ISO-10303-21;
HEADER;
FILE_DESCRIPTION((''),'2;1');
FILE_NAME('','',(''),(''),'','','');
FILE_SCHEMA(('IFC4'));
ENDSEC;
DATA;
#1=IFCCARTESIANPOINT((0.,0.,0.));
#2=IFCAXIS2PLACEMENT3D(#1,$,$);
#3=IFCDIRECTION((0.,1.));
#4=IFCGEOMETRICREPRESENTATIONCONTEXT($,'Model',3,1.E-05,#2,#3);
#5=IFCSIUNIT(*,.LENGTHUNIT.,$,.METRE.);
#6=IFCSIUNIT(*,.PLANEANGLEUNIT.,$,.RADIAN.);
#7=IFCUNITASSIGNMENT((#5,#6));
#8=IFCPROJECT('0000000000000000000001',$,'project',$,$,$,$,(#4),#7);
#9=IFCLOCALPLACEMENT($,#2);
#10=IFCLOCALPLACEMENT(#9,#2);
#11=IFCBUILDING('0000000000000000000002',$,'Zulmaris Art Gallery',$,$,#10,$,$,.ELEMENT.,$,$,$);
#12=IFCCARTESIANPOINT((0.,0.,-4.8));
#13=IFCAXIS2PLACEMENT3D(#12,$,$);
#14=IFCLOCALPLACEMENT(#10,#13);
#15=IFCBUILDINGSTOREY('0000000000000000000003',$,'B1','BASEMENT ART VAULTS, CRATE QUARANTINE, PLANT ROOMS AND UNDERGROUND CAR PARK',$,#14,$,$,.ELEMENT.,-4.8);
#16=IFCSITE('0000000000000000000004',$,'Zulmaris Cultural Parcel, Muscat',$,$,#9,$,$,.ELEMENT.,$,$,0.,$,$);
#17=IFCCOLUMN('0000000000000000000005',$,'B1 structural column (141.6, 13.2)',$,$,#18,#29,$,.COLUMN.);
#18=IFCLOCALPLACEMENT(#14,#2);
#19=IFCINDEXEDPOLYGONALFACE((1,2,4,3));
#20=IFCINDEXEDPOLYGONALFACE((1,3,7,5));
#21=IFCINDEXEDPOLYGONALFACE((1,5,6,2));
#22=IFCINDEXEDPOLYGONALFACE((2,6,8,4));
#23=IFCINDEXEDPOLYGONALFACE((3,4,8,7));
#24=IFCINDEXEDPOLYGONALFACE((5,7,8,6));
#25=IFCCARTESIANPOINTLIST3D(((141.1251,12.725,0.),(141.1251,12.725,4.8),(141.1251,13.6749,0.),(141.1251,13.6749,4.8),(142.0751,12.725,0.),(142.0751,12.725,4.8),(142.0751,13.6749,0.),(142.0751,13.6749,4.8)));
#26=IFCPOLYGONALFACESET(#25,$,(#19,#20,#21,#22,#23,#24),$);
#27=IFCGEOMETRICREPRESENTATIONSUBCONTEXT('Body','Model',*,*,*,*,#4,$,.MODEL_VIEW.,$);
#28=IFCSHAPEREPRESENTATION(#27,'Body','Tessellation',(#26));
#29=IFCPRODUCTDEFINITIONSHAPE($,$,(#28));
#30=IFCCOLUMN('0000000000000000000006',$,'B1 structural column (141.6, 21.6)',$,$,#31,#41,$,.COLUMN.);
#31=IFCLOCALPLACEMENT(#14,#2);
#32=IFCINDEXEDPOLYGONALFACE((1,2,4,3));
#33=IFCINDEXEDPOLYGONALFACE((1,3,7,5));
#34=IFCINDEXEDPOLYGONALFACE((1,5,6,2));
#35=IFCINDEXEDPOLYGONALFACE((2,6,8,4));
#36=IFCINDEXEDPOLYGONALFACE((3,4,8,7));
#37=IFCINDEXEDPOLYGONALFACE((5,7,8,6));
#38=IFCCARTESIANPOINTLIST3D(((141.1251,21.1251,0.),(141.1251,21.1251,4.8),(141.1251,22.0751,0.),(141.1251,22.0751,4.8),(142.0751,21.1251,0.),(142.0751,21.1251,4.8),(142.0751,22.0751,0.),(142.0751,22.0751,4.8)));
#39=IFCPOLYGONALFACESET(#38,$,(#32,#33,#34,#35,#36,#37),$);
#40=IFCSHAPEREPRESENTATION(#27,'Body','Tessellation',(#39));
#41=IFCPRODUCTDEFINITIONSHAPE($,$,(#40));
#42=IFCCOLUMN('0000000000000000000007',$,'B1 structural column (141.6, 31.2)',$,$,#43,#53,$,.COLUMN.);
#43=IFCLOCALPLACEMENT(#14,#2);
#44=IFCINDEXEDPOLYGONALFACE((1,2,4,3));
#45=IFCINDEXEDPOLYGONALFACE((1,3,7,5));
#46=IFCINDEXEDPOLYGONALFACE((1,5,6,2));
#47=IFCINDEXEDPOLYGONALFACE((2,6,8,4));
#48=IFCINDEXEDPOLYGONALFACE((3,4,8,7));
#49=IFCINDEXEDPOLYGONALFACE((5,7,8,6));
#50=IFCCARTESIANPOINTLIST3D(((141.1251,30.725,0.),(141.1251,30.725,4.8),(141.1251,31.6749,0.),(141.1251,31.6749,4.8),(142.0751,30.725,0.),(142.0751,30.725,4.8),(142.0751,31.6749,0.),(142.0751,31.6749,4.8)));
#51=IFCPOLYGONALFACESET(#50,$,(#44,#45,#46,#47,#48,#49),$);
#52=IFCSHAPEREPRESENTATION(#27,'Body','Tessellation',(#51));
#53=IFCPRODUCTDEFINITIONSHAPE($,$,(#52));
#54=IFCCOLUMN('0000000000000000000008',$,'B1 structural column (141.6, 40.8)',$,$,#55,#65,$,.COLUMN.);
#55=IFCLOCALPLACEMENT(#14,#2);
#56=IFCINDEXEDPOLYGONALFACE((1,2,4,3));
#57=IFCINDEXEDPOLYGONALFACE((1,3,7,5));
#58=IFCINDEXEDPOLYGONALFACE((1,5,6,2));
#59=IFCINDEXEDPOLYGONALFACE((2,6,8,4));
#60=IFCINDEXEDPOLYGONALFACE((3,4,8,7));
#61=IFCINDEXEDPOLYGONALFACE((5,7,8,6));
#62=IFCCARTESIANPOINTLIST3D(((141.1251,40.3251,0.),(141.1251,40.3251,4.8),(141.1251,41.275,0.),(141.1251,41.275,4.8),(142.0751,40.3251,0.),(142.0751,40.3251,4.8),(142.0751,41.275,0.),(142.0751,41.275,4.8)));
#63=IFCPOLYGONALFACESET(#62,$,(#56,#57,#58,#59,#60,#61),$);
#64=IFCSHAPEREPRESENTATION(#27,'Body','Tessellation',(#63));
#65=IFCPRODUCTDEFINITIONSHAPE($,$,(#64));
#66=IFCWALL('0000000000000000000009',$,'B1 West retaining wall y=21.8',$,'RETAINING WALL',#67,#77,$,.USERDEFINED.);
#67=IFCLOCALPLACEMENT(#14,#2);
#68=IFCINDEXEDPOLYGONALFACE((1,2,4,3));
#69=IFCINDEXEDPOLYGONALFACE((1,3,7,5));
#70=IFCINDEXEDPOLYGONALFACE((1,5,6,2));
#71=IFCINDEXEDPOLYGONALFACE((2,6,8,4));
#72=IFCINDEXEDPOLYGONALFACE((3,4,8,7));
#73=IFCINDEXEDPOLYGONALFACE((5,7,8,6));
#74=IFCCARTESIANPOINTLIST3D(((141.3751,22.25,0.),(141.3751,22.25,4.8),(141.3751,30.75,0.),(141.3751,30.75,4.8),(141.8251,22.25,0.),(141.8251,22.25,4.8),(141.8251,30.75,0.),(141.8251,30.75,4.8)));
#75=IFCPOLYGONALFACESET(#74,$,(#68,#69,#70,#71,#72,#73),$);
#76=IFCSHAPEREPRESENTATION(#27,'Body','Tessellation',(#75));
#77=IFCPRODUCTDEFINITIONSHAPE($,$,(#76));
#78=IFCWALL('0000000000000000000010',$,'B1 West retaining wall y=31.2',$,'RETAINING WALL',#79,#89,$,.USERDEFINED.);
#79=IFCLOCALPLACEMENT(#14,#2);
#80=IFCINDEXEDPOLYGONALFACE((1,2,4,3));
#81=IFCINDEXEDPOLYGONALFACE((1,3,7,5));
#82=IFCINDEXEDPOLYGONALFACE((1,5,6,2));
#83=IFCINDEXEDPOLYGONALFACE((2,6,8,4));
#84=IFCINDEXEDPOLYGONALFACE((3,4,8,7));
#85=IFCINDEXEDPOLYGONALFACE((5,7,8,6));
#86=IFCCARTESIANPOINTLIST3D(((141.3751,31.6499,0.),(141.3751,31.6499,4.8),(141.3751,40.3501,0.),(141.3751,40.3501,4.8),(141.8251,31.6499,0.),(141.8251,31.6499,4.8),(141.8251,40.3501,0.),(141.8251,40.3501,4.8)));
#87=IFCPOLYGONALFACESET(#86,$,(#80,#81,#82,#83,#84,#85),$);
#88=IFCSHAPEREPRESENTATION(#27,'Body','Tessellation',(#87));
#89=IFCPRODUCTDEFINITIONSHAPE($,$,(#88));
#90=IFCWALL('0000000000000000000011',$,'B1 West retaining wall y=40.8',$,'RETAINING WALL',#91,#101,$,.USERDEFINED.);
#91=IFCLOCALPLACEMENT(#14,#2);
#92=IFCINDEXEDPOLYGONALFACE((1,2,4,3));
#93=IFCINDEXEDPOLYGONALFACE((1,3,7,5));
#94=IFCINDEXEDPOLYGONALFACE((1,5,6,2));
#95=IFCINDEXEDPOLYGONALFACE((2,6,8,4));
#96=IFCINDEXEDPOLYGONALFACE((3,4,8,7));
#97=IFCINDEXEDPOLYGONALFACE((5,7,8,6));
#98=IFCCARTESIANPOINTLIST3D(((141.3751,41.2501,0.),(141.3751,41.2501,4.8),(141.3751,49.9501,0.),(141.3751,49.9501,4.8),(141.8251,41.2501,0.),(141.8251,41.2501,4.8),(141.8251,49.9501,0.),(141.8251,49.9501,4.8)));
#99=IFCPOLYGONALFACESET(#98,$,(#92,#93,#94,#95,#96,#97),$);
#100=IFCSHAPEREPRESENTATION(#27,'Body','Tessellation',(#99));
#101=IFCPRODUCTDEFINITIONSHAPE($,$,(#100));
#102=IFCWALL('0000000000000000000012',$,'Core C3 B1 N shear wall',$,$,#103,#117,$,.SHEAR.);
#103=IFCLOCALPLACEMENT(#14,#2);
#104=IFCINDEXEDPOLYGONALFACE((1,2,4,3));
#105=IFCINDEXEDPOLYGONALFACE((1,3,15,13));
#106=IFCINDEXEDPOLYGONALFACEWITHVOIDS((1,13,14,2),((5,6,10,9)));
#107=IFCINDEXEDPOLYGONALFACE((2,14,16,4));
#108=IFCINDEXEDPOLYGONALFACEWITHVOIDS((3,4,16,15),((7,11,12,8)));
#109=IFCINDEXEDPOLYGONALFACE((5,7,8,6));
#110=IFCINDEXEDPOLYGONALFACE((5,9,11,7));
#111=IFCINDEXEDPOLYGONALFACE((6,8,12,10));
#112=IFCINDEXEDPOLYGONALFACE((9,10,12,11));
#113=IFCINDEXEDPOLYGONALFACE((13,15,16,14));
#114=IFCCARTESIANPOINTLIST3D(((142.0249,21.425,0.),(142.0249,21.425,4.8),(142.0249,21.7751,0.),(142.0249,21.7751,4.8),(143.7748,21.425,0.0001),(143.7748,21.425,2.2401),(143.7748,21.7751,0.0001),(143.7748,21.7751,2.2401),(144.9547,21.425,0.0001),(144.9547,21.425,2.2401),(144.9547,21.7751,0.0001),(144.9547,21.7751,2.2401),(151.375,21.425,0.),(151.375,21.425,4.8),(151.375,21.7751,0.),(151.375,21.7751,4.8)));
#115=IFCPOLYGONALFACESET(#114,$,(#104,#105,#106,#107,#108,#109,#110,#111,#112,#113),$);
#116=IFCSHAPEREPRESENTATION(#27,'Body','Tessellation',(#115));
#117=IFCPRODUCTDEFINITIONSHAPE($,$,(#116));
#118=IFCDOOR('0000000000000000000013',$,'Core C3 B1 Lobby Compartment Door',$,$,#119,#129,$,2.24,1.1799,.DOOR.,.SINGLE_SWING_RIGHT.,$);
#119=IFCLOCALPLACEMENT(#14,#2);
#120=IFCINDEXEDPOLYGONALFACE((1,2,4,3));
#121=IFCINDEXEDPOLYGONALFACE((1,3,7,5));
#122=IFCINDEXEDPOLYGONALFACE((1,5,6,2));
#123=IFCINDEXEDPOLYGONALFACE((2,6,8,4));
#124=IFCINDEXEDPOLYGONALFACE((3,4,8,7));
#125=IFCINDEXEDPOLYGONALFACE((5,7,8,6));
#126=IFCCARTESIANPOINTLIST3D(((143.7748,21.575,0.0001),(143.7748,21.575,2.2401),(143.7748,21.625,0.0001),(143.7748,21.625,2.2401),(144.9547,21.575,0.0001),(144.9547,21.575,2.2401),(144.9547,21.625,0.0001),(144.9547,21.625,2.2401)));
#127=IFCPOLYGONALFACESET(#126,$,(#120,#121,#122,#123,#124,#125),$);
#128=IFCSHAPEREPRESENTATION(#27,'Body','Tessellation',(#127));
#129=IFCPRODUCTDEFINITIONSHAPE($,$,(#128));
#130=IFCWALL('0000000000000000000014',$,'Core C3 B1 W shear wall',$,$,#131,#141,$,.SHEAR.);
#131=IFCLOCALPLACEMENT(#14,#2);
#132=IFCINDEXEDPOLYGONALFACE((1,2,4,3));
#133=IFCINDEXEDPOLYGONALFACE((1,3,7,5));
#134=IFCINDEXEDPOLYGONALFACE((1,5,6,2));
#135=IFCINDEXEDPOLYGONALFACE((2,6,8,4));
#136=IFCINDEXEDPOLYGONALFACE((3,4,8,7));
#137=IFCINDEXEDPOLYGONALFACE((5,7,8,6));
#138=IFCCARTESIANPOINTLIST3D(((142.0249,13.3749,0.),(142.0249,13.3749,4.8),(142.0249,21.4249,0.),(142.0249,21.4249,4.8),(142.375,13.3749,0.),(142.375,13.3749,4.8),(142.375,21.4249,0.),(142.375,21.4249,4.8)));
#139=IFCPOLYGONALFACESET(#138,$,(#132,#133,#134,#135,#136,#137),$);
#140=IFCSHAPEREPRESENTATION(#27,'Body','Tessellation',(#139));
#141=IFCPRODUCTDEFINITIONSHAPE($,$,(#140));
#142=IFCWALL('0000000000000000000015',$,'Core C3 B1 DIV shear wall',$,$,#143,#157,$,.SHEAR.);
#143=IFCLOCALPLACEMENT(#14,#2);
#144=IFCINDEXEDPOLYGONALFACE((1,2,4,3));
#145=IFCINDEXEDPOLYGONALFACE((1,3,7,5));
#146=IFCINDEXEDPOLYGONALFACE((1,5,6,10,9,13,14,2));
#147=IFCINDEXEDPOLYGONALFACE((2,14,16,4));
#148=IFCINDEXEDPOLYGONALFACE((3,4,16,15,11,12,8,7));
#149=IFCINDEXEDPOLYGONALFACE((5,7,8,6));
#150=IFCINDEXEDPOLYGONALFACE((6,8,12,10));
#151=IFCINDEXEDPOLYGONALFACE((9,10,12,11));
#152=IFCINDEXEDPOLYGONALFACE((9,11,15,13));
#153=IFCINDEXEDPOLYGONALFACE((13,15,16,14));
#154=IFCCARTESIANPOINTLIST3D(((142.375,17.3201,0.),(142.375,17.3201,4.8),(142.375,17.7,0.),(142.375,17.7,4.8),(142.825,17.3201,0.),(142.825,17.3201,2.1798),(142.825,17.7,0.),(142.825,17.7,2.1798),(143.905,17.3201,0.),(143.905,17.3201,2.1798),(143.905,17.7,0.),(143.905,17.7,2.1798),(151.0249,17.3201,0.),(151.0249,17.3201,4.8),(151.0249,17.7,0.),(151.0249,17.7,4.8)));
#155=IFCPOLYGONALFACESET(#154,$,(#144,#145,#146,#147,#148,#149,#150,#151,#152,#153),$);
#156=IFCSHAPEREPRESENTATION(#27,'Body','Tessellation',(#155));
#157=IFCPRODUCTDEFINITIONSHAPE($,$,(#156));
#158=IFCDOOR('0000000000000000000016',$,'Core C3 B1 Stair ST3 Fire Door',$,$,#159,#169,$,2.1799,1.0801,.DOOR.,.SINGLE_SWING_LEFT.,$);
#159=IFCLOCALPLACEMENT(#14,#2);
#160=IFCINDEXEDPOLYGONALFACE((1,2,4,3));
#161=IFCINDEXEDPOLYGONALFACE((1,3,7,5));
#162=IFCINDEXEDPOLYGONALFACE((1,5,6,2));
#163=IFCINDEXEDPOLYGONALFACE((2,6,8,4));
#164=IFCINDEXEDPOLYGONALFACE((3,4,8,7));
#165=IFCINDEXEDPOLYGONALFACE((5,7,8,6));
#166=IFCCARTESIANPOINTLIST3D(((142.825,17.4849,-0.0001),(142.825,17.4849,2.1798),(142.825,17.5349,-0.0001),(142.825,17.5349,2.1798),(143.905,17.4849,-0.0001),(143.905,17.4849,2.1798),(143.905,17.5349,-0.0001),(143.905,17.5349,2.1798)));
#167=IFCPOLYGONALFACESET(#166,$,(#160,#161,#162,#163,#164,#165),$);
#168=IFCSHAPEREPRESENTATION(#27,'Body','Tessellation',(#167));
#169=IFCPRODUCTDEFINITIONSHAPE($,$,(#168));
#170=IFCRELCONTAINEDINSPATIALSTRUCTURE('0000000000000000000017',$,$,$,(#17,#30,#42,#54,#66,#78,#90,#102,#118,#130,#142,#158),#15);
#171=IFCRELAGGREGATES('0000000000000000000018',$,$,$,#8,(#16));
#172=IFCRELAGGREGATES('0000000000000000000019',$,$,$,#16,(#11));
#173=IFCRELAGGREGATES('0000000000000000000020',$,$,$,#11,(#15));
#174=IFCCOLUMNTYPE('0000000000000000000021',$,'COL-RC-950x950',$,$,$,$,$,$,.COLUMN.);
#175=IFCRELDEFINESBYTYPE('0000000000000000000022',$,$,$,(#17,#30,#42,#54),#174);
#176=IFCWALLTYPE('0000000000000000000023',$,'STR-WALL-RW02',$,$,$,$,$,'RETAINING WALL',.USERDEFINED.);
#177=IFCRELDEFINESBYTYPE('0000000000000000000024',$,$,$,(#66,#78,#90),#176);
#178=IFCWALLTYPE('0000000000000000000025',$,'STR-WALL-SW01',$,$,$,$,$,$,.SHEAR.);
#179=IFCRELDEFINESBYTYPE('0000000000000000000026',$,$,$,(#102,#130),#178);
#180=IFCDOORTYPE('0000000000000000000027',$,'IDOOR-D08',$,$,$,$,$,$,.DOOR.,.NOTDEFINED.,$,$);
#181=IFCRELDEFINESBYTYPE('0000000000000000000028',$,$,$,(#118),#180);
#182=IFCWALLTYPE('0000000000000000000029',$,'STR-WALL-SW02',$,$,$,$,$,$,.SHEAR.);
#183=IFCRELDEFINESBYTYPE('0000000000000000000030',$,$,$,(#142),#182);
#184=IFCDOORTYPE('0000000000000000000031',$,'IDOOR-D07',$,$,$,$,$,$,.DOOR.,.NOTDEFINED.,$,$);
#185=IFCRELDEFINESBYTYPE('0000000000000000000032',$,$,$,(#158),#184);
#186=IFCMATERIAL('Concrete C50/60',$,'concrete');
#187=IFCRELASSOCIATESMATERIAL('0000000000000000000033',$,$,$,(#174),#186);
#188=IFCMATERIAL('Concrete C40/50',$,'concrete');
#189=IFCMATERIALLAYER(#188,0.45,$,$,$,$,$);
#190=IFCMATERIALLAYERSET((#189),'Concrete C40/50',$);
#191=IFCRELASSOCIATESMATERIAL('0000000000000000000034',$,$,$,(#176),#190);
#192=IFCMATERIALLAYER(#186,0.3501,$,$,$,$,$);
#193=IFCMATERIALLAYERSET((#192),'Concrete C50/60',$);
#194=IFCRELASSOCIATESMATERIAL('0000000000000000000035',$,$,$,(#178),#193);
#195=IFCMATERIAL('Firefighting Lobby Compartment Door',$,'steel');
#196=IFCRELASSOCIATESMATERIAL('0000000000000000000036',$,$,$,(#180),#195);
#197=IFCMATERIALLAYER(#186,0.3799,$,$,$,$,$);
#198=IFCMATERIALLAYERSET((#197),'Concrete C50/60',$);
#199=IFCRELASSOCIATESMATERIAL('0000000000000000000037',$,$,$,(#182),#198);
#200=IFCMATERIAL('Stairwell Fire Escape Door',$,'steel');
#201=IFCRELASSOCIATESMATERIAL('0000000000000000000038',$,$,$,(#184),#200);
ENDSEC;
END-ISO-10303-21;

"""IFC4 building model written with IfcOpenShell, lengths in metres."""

from ifc_helpers import new_model, si_unit, direction, frame, frame_2d, origin, origin_2d, place, context, subcontext, project, spatial, rectangle, extrude, material, layer, layer_set, material_profile, profile_set, type_object, element, fill, save


model = new_model("IFC4")

# Units and contexts
model_context = context("Model", 3, precision=1e-05, world=origin(), true_north=direction((0.0, 1.0)))
body_context = subcontext(model_context, "Body", "Model", "MODEL_VIEW")
ifc_project = project(units=[si_unit("LENGTHUNIT", "METRE"), si_unit("PLANEANGLEUNIT", "RADIAN")], contexts=[model_context])

# Site, building, storey
site_placement = place(None, origin())
site = spatial("IfcSite", under=ifc_project, at=site_placement, Name="Zulmaris Cultural Parcel, Muscat", CompositionType="ELEMENT", RefElevation=0.0)
building_placement = place(site_placement, origin())
building = spatial("IfcBuilding", under=site, at=building_placement, Name="Zulmaris Art Gallery", CompositionType="ELEMENT")
storey_placement = place(building_placement, frame((0.0, 0.0, -4.8)))
storey = spatial("IfcBuildingStorey", under=building, at=storey_placement, Name="B1", Description="BASEMENT ART VAULTS, CRATE QUARANTINE, PLANT ROOMS AND UNDERGROUND CAR PARK", CompositionType="ELEMENT", Elevation=-4.8)

# Shared definitions
ifc_material_1 = material(Name="Concrete C40/50", Category="concrete")

# Columns
ifc_material_2 = material(Name="Concrete C50/60", Category="concrete")
ifc_material_profile_1 = material_profile(ifc_material_2, rectangle(XDim=0.95, YDim=0.95, at=origin_2d()), Name="RC 950x950")
ifc_profile_set_1 = profile_set([ifc_material_profile_1], Name="Concrete C50/60")
column_type = type_object("IfcColumnType", Name="COL-RC-950x950", PredefinedType="COLUMN", material=ifc_profile_set_1)
for number, where, z_axis, x_axis, name in (
    (1, (141.6001, 13.2, 0.0), (0.0, 0.0, 1.0), (1.0, 0.0, 0.0), "B1 structural column (141.6, 13.2)"),
    (2, (141.6001, 21.6001, 0.0), (0.0, 0.0, 1.0), (1.0, 0.0, 0.0), "B1 structural column (141.6, 21.6)"),
    (3, (141.6001, 31.2, 0.0), (0.0, 0.0, 1.0), (1.0, 0.0, 0.0), "B1 structural column (141.6, 31.2)"),
    (4, (141.6001, 40.8, 0.0), (0.0, 0.0, 1.0), (1.0, 0.0, 0.0), "B1 structural column (141.6, 40.8)"),
):
    element("IfcColumn", number, at=place(storey_placement, frame(where, z_axis=z_axis, x_axis=x_axis)), inside=storey, type_object=column_type, Name=name, PredefinedType="COLUMN", context=body_context, shape_type="SweptSolid", body=[
        extrude(rectangle(XDim=0.95, YDim=0.95, at=origin_2d()), origin(), (0.0, 0.0, 1.0), 4.8),
    ])

# Walls
ifc_layer_1 = layer(ifc_material_1, 0.45)
ifc_layer_set_1 = layer_set([ifc_layer_1], Name="Concrete C40/50")
wall_type_1 = type_object("IfcWallType", Name="STR-WALL-RW02", ElementType="RETAINING WALL", PredefinedType="USERDEFINED", material=ifc_layer_set_1)
wall_1_placement = place(storey_placement, frame((141.6001, 22.25, 0.0), z_axis=(0.0, 0.0, 1.0), x_axis=(0.0, 1.0, 0.0)))
element("IfcWall", 5, at=wall_1_placement, inside=storey, type_object=wall_type_1, Name="B1 West retaining wall y=21.8", ObjectType="RETAINING WALL", PredefinedType="USERDEFINED", context=body_context, shape_type="SweptSolid", body=[
    extrude(rectangle(XDim=8.5, YDim=0.45, at=frame_2d((4.25, 0.0))), origin(), (0.0, 0.0, 1.0), 4.8),
])
wall_2_placement = place(storey_placement, frame((141.6001, 31.6499, 0.0), z_axis=(0.0, 0.0, 1.0), x_axis=(0.0, 1.0, 0.0)))
element("IfcWall", 6, at=wall_2_placement, inside=storey, type_object=wall_type_1, Name="B1 West retaining wall y=31.2", ObjectType="RETAINING WALL", PredefinedType="USERDEFINED", context=body_context, shape_type="SweptSolid", body=[
    extrude(rectangle(XDim=8.7002, YDim=0.45, at=frame_2d((4.3501, 0.0))), origin(), (0.0, 0.0, 1.0), 4.8),
])
wall_3_placement = place(storey_placement, frame((141.6001, 41.25, 0.0), z_axis=(0.0, 0.0, 1.0), x_axis=(0.0, 1.0, 0.0)))
element("IfcWall", 7, at=wall_3_placement, inside=storey, type_object=wall_type_1, Name="B1 West retaining wall y=40.8", ObjectType="RETAINING WALL", PredefinedType="USERDEFINED", context=body_context, shape_type="SweptSolid", body=[
    extrude(rectangle(XDim=8.7, YDim=0.45, at=frame_2d((4.3501, 0.0))), origin(), (0.0, 0.0, 1.0), 4.8),
])

# Wall, opening, door
ifc_layer_2 = layer(ifc_material_2, 0.3501)
ifc_layer_set_2 = layer_set([ifc_layer_2], Name="Concrete C50/60")
wall_type_2 = type_object("IfcWallType", Name="STR-WALL-SW01", PredefinedType="SHEAR", material=ifc_layer_set_2)
wall_4_placement = place(storey_placement, frame((142.0249, 21.6001, 0.0), z_axis=(0.0, 0.0, 1.0), x_axis=(1.0, 0.0, 0.0)))
wall_4 = element("IfcWall", 8, at=wall_4_placement, inside=storey, type_object=wall_type_2, Name="Core C3 B1 N shear wall", PredefinedType="SHEAR", context=body_context, shape_type="SweptSolid", body=[
    extrude(rectangle(XDim=9.3501, YDim=0.3501, at=frame_2d((4.675, 0.0))), origin(), (0.0, 0.0, 1.0), 4.8),
])
opening_1_placement = place(wall_4_placement, frame((1.75, 0.0, 0.0)))
opening_1 = element("IfcOpeningElement", 9, at=opening_1_placement, cuts=wall_4, PredefinedType="OPENING", context=body_context, shape_type="SweptSolid", body=[
    extrude(rectangle(XDim=1.1799, YDim=2.24, at=frame_2d((0.5898, 1.1201))), frame((0.0, 0.1851, 0.0), z_axis=(0.0, -1.0, 0.0), x_axis=(1.0, 0.0, 0.0)), (0.0, 0.0, 1.0), 0.3701),
])
ifc_material_3 = material(Name="Firefighting Lobby Compartment Door", Category="steel")
door_type_1 = type_object("IfcDoorType", Name="IDOOR-D08", OperationType="NOTDEFINED", PredefinedType="DOOR", material=ifc_material_3)
door_1_placement = place(opening_1_placement, origin())
door_1 = element("IfcDoor", 10, at=door_1_placement, inside=storey, type_object=door_type_1, Name="Core C3 B1 Lobby Compartment Door", OperationType="SINGLE_SWING_RIGHT", OverallHeight=2.24, OverallWidth=1.1799, PredefinedType="DOOR", context=body_context, shape_type="SweptSolid", body=[
    extrude(rectangle(XDim=1.1799, YDim=2.24, at=frame_2d((0.5898, 1.1201))), frame((0.0, 0.0249, 0.0), z_axis=(0.0, -1.0, 0.0), x_axis=(1.0, 0.0, 0.0)), (0.0, 0.0, 1.0), 0.05),
])
fill(opening_1, door_1)

# Wall
wall_5_placement = place(storey_placement, frame((142.2, 13.375, 0.0), z_axis=(0.0, 0.0, 1.0), x_axis=(0.0, 1.0, 0.0)))
element("IfcWall", 11, at=wall_5_placement, inside=storey, type_object=wall_type_2, Name="Core C3 B1 W shear wall", PredefinedType="SHEAR", context=body_context, shape_type="SweptSolid", body=[
    extrude(rectangle(XDim=8.05, YDim=0.3501, at=frame_2d((4.0249, 0.0))), origin(), (0.0, 0.0, 1.0), 4.8),
])

# Wall, opening, door
ifc_layer_3 = layer(ifc_material_2, 0.3799)
ifc_layer_set_3 = layer_set([ifc_layer_3], Name="Concrete C50/60")
wall_type_3 = type_object("IfcWallType", Name="STR-WALL-SW02", PredefinedType="SHEAR", material=ifc_layer_set_3)
wall_6_placement = place(storey_placement, frame((142.375, 17.51, 0.0), z_axis=(0.0, 0.0, 1.0), x_axis=(1.0, 0.0, 0.0)))
wall_6 = element("IfcWall", 12, at=wall_6_placement, inside=storey, type_object=wall_type_3, Name="Core C3 B1 DIV shear wall", PredefinedType="SHEAR", context=body_context, shape_type="SweptSolid", body=[
    extrude(rectangle(XDim=8.6499, YDim=0.3799, at=frame_2d((4.325, 0.0))), origin(), (0.0, 0.0, 1.0), 4.8),
])
opening_2_placement = place(wall_6_placement, frame((0.45, 0.0, 0.0)))
opening_2 = element("IfcOpeningElement", 13, at=opening_2_placement, cuts=wall_6, PredefinedType="OPENING", context=body_context, shape_type="SweptSolid", body=[
    extrude(rectangle(XDim=1.0801, YDim=2.1799, at=frame_2d((0.54, 1.0898))), frame((0.0, 0.2, 0.0), z_axis=(0.0, -1.0, 0.0), x_axis=(1.0, 0.0, 0.0)), (0.0, 0.0, 1.0), 0.3999),
])
ifc_material_4 = material(Name="Stairwell Fire Escape Door", Category="steel")
door_type_2 = type_object("IfcDoorType", Name="IDOOR-D07", OperationType="NOTDEFINED", PredefinedType="DOOR", material=ifc_material_4)
door_2_placement = place(opening_2_placement, origin())
door_2 = element("IfcDoor", 14, at=door_2_placement, inside=storey, type_object=door_type_2, Name="Core C3 B1 Stair ST3 Fire Door", OperationType="SINGLE_SWING_LEFT", OverallHeight=2.1799, OverallWidth=1.0801, PredefinedType="DOOR", context=body_context, shape_type="SweptSolid", body=[
    extrude(rectangle(XDim=1.0801, YDim=2.1799, at=frame_2d((0.54, 1.0898))), frame((0.0, 0.0249, 0.0), z_axis=(0.0, -1.0, 0.0), x_axis=(1.0, 0.0, 0.0)), (0.0, 0.0, 1.0), 0.05),
])
fill(opening_2, door_2)

save(model, "model.ifc")
